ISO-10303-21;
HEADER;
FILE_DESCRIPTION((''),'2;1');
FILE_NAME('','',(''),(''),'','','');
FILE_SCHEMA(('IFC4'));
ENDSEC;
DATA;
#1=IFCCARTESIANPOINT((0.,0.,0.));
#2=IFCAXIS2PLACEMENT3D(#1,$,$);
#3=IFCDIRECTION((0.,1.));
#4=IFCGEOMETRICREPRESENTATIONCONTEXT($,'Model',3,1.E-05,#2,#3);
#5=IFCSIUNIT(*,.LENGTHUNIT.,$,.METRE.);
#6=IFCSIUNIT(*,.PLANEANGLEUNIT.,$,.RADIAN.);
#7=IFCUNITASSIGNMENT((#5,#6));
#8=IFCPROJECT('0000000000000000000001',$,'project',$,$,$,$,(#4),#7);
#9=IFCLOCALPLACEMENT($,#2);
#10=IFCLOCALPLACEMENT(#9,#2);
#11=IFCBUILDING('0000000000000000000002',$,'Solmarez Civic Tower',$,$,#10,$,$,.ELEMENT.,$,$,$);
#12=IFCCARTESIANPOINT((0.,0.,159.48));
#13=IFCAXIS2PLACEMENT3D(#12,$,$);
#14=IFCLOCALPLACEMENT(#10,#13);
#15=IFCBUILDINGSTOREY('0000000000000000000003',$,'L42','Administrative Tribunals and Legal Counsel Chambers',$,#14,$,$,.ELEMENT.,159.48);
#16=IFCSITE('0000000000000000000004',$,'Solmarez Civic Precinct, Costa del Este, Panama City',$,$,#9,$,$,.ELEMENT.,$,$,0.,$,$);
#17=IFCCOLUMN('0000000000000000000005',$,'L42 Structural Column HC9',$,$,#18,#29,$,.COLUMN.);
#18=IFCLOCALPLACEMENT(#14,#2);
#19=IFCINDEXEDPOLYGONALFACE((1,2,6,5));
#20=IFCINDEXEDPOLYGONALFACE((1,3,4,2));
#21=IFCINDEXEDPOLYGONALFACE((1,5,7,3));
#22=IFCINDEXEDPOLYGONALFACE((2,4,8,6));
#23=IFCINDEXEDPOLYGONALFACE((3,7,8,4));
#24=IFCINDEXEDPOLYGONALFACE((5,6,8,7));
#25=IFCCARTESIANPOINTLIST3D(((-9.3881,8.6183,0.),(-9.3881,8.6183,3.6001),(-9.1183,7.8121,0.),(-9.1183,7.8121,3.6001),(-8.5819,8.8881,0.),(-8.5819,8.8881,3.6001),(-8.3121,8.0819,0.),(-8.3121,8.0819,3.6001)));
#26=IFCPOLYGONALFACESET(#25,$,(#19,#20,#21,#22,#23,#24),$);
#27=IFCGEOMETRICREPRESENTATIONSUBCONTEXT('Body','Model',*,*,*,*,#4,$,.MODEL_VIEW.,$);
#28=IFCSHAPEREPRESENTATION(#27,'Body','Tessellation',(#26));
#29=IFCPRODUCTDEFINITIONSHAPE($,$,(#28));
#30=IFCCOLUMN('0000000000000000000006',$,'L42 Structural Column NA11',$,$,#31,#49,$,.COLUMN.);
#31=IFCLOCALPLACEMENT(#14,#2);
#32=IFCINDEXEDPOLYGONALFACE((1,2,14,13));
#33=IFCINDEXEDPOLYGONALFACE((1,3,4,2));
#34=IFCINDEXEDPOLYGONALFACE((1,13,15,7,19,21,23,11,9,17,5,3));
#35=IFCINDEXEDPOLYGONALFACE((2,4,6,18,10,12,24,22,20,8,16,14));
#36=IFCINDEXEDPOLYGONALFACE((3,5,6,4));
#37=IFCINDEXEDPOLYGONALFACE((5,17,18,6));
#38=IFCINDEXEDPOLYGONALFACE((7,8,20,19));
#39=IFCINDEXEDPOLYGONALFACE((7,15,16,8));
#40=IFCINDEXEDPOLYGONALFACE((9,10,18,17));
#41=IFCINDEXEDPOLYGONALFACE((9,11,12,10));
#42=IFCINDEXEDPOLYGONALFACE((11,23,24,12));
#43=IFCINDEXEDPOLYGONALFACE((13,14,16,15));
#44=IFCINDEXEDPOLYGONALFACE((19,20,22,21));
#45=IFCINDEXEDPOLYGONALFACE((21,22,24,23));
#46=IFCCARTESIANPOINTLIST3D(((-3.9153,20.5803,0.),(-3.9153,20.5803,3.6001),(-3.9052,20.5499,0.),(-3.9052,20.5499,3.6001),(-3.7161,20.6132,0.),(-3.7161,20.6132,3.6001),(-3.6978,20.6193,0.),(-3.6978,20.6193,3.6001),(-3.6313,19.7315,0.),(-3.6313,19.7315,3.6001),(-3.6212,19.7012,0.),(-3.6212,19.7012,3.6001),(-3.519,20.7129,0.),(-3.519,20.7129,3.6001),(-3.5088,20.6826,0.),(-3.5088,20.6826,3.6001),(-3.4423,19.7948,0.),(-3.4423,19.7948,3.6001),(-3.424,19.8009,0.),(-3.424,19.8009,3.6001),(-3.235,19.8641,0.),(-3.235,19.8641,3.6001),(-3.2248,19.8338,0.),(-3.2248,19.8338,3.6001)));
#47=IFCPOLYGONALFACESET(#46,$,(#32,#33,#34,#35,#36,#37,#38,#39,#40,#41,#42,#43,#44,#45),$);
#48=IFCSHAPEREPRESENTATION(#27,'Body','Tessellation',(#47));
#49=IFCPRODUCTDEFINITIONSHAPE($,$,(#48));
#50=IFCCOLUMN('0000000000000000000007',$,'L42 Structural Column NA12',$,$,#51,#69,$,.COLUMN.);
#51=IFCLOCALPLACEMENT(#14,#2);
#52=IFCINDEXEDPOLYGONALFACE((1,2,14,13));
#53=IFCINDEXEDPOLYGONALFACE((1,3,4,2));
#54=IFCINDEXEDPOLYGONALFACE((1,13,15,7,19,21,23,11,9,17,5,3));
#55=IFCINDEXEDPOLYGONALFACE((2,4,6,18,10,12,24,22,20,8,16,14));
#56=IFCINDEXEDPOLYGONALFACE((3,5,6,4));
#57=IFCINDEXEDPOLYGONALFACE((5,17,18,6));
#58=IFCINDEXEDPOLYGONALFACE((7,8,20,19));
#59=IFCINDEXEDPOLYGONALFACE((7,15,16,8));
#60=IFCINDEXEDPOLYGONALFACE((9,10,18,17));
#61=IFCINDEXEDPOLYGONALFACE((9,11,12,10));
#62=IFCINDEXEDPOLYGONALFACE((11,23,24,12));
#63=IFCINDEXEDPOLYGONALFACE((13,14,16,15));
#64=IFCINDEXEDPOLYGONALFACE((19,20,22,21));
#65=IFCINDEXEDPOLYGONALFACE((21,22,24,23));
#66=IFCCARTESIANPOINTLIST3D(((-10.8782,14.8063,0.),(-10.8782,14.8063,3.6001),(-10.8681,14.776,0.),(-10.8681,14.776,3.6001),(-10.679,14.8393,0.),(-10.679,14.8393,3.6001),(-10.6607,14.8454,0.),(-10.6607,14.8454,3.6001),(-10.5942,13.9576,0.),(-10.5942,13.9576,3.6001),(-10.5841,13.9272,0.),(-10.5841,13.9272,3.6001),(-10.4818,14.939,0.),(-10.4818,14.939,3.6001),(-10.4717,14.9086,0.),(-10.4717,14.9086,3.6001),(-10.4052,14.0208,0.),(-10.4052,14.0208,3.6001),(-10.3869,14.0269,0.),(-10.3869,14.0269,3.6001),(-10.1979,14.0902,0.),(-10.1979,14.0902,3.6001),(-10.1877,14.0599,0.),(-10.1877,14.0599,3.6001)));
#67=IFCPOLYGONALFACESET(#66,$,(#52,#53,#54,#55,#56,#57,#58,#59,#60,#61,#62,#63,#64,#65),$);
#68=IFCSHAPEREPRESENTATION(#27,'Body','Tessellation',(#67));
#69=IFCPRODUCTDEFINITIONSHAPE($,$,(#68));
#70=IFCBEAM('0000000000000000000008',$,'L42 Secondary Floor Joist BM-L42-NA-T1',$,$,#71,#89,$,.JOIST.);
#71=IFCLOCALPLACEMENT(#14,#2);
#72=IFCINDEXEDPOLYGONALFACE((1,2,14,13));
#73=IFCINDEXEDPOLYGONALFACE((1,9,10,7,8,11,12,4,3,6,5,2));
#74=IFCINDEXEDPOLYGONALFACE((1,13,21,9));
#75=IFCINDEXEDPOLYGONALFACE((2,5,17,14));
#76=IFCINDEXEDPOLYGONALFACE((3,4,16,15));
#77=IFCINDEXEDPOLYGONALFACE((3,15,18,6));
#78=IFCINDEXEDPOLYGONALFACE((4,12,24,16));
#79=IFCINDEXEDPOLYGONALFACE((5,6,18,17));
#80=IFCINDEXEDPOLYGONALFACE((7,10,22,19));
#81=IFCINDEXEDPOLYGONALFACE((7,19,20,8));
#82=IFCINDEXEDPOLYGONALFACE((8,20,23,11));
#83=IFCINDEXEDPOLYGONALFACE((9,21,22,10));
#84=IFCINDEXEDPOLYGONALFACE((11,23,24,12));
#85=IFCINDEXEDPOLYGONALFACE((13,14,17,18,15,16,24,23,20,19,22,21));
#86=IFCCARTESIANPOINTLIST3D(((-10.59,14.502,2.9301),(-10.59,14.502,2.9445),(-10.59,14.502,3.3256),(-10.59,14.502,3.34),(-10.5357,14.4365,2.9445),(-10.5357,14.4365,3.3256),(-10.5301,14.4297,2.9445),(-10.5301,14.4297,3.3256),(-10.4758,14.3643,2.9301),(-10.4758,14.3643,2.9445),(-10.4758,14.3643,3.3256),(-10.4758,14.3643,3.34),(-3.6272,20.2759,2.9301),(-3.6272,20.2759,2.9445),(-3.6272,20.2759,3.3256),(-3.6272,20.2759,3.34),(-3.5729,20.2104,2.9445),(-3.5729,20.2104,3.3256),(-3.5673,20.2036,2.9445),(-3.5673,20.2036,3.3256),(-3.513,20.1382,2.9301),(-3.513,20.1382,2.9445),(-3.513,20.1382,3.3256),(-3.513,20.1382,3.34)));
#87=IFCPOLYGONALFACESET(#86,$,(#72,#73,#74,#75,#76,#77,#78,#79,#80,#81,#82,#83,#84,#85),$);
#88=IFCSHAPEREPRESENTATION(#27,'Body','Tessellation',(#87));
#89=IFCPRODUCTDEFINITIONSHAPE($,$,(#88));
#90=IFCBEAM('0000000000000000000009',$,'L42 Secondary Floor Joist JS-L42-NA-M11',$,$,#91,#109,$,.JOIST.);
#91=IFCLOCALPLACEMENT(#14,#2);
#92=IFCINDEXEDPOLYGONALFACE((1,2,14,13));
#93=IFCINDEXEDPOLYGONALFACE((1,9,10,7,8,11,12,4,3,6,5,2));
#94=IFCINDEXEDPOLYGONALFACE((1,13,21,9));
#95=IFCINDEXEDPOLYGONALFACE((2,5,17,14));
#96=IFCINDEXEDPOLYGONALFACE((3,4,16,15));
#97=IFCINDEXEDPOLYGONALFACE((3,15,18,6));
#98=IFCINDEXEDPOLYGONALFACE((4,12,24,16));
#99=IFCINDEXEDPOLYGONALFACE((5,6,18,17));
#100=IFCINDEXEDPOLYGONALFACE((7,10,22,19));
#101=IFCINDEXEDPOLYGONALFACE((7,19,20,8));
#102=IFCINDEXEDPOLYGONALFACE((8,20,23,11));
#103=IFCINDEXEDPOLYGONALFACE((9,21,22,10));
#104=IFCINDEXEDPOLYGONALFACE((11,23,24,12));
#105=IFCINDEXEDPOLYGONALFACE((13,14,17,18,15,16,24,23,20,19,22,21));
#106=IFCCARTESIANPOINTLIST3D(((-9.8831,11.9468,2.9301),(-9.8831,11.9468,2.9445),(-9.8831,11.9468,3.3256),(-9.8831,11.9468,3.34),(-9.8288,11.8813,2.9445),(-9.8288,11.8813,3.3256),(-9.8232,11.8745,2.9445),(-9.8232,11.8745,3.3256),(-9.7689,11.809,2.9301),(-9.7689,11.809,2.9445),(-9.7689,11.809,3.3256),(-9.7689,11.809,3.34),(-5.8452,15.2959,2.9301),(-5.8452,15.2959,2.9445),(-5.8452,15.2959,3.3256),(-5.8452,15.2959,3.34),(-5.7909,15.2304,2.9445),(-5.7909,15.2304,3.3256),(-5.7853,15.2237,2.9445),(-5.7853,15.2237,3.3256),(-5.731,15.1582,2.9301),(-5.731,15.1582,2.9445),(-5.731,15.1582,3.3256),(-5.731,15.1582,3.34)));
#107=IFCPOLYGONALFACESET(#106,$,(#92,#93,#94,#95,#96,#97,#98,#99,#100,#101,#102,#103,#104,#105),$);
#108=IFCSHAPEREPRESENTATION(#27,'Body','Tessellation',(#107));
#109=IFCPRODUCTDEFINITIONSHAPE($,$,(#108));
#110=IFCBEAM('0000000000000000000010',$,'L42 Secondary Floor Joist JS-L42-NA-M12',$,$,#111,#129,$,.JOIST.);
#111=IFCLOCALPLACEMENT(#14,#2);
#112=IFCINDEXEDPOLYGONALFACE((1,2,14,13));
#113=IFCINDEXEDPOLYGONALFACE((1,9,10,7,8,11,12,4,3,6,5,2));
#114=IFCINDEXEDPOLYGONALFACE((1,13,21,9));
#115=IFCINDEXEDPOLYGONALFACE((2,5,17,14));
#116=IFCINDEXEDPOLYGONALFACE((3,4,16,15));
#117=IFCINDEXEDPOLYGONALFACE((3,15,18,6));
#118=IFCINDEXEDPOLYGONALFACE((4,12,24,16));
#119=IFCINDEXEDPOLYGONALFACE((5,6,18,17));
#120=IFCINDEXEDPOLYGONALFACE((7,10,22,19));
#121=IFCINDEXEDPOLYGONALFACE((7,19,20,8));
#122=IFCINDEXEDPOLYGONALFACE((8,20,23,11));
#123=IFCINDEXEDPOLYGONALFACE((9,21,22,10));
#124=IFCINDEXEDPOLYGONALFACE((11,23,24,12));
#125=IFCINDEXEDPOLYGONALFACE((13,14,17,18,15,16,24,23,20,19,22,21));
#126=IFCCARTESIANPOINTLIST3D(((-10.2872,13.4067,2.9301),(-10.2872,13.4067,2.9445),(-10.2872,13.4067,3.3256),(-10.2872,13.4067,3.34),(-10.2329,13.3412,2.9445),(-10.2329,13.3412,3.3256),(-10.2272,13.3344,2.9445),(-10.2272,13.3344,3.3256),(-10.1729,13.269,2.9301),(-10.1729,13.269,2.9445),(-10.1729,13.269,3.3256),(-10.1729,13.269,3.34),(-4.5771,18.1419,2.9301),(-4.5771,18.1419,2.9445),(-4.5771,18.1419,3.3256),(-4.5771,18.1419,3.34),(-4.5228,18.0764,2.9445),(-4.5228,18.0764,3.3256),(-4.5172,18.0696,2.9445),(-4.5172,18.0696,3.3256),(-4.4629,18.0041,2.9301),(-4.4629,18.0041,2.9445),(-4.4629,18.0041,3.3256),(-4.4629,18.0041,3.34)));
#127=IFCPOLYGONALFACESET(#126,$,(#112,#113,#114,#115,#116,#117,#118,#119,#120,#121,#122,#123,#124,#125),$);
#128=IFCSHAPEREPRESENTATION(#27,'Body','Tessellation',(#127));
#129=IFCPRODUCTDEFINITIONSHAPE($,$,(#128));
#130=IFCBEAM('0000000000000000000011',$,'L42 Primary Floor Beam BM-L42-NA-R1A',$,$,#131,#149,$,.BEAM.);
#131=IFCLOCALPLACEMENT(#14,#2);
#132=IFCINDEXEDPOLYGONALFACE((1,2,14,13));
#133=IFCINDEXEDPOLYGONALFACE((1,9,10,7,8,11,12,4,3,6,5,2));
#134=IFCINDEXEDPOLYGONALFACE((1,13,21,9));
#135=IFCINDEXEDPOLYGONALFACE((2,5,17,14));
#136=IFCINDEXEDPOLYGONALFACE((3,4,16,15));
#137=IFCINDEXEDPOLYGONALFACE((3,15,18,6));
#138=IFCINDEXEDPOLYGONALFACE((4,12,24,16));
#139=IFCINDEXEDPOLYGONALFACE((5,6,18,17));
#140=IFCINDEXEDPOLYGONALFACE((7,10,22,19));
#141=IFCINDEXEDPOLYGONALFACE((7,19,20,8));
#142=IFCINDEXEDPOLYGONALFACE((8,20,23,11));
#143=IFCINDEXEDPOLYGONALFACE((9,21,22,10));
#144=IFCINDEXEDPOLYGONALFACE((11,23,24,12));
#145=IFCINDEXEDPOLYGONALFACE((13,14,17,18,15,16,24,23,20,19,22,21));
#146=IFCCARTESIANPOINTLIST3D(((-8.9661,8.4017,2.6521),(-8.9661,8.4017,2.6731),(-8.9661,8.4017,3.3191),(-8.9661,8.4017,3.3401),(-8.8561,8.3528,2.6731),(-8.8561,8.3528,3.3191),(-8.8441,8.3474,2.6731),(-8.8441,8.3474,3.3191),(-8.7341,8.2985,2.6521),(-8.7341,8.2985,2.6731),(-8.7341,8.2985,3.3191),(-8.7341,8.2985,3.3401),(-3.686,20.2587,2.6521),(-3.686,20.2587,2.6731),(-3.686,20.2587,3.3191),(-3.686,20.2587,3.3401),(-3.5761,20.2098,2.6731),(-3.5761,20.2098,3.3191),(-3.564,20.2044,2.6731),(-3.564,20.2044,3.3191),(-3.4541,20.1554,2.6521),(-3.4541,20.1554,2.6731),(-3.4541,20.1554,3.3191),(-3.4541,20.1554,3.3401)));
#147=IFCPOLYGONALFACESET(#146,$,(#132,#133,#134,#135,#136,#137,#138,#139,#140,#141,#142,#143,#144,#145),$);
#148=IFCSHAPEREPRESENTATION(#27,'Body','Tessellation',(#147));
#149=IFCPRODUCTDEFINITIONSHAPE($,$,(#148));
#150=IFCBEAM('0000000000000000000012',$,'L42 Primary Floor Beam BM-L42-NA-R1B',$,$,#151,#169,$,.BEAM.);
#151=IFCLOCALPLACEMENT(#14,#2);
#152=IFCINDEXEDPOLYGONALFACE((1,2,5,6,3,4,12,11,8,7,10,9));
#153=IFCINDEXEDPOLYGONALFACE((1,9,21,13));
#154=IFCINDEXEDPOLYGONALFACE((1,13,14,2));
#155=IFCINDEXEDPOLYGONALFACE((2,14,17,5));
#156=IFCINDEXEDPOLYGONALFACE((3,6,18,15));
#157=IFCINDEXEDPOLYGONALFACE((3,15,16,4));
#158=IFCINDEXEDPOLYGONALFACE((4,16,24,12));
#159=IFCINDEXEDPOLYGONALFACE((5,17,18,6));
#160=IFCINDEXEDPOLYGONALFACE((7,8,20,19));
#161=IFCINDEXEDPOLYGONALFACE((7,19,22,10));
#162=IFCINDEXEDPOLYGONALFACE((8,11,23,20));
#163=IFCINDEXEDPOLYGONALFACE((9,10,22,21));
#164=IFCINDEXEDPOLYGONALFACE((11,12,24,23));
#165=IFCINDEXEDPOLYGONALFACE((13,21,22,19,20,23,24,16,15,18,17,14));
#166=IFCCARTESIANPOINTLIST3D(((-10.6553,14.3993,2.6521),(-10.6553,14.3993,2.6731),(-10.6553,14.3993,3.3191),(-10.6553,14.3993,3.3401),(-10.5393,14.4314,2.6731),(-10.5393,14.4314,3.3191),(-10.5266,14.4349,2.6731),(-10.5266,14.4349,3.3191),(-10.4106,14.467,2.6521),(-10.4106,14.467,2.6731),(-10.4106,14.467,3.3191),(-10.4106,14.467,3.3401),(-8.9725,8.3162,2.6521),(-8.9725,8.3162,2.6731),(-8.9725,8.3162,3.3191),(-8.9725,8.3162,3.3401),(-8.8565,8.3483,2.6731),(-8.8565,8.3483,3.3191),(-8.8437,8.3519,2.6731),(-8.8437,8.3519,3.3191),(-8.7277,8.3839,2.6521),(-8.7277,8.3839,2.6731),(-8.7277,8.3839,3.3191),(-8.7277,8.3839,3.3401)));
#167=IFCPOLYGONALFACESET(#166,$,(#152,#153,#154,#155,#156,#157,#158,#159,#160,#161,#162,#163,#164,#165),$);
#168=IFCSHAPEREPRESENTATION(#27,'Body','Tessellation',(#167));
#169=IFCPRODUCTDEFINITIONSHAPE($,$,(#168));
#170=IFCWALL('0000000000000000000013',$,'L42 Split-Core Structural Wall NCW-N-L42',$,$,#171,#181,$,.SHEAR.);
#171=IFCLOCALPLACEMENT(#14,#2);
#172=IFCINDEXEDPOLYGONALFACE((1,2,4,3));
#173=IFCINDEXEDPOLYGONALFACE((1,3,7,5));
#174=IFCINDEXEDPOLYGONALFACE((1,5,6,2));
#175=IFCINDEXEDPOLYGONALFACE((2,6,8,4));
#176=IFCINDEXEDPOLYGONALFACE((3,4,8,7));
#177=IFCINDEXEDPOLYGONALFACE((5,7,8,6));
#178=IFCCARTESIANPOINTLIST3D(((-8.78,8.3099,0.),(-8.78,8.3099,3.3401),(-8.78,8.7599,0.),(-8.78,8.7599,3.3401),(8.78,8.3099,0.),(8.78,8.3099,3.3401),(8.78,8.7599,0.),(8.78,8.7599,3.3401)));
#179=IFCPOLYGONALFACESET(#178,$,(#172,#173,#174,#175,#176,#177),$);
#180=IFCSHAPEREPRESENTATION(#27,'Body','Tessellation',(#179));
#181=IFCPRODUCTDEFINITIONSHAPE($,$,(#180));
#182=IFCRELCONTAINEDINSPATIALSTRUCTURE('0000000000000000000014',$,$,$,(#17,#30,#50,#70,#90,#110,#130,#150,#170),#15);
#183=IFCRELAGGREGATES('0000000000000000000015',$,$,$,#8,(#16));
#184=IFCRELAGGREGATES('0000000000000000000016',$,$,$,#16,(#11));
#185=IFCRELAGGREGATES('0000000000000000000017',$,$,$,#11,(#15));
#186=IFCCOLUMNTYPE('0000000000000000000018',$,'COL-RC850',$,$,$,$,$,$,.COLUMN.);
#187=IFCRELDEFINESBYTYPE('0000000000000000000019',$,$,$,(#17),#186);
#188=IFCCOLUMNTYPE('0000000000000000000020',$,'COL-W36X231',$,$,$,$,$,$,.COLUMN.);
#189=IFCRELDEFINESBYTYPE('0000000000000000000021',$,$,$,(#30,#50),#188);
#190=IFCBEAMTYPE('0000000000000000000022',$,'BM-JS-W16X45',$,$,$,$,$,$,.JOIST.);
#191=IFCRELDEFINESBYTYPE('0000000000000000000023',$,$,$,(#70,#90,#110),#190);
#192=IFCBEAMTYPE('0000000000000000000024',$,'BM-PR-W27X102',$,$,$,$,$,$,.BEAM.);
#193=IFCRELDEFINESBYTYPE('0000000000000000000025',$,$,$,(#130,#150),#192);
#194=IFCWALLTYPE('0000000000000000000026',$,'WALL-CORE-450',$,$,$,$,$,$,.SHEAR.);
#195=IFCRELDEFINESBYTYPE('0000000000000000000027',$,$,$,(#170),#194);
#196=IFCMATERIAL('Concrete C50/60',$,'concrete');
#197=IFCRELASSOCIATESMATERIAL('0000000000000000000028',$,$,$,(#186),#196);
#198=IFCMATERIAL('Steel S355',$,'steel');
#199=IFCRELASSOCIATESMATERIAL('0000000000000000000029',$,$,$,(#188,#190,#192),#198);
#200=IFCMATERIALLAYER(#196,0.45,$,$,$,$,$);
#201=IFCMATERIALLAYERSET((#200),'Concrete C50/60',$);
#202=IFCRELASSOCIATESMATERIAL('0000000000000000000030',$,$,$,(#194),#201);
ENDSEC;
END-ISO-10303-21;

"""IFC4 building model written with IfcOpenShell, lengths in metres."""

from ifc_helpers import new_model, si_unit, direction, frame, frame_2d, origin, origin_2d, place, context, subcontext, project, spatial, rectangle, i_section, extrude, material, layer, layer_set, material_profile, profile_set, type_object, element, save


model = new_model("IFC4")

# Units and contexts
model_context = context("Model", 3, precision=1e-05, world=origin(), true_north=direction((0.0, 1.0)))
body_context = subcontext(model_context, "Body", "Model", "MODEL_VIEW")
ifc_project = project(units=[si_unit("LENGTHUNIT", "METRE"), si_unit("PLANEANGLEUNIT", "RADIAN")], contexts=[model_context])

# Site, building, storey
site_placement = place(None, origin())
site = spatial("IfcSite", under=ifc_project, at=site_placement, Name="Solmarez Civic Precinct, Costa del Este, Panama City", CompositionType="ELEMENT", RefElevation=0.0)
building_placement = place(site_placement, origin())
building = spatial("IfcBuilding", under=site, at=building_placement, Name="Solmarez Civic Tower", CompositionType="ELEMENT")
storey_placement = place(building_placement, frame((0.0, 0.0, 159.48)))
storey = spatial("IfcBuildingStorey", under=building, at=storey_placement, Name="L42", Description="Administrative Tribunals and Legal Counsel Chambers", CompositionType="ELEMENT", Elevation=159.48)

# Columns
ifc_material_1 = material(Name="Concrete C50/60", Category="concrete")
ifc_material_profile_1 = material_profile(ifc_material_1, rectangle(XDim=0.8501, YDim=0.8501, at=origin_2d()), Name="RC850X850")
ifc_profile_set_1 = profile_set([ifc_material_profile_1], Name="Concrete C50/60")
column_type_1 = type_object("IfcColumnType", Name="COL-RC850", PredefinedType="COLUMN", material=ifc_profile_set_1)
column_placement = place(storey_placement, frame((-8.8501, 8.3501, 0.0), z_axis=(0.0, 0.0, 1.0), x_axis=(0.948324, 0.317305, 0.0)))
element("IfcColumn", 1, at=column_placement, inside=storey, type_object=column_type_1, Name="L42 Structural Column HC9", PredefinedType="COLUMN", context=body_context, shape_type="SweptSolid", body=[
    extrude(rectangle(XDim=0.8501, YDim=0.8501, at=origin_2d()), origin(), (0.0, 0.0, 1.0), 3.6001),
])
ifc_material_2 = material(Name="Steel S355", Category="steel")
ifc_material_profile_2 = material_profile(ifc_material_2, i_section(OverallWidth=0.418, OverallDepth=0.927, WebThickness=0.0193, FlangeThickness=0.032, at=origin_2d()), Name="W36X231")
ifc_profile_set_2 = profile_set([ifc_material_profile_2], Name="Steel S355")
column_type_2 = type_object("IfcColumnType", Name="COL-W36X231", PredefinedType="COLUMN", material=ifc_profile_set_2)
for number, where, z_axis, x_axis, name in (
    (2, (-3.5701, 20.207, 0.0), (0.0, 0.0, 1.0), (0.948324, 0.317305, 0.0), "L42 Structural Column NA11"),
    (3, (-10.533, 14.4331, 0.0), (0.0, 0.0, 1.0), (0.948324, 0.317305, 0.0), "L42 Structural Column NA12"),
):
    element("IfcColumn", number, at=place(storey_placement, frame(where, z_axis=z_axis, x_axis=x_axis)), inside=storey, type_object=column_type_2, Name=name, PredefinedType="COLUMN", context=body_context, shape_type="SweptSolid", body=[
        extrude(i_section(OverallWidth=0.418, OverallDepth=0.927, WebThickness=0.0193, FlangeThickness=0.032, at=origin_2d()), origin(), (0.0, 0.0, 1.0), 3.6001),
    ])

# Beams
ifc_material_profile_3 = material_profile(ifc_material_2, i_section(OverallWidth=0.179, OverallDepth=0.4099, WebThickness=0.0088, FlangeThickness=0.0144, at=origin_2d()), Name="W16X45")
ifc_profile_set_3 = profile_set([ifc_material_profile_3], Name="Steel S355")
beam_type_1 = type_object("IfcBeamType", Name="BM-JS-W16X45", PredefinedType="JOIST", material=ifc_profile_set_3)
beam_1_placement = place(storey_placement, frame((-3.5701, 20.207, 3.135), z_axis=(-0.769768, -0.638324, 0.0), x_axis=(0.638324, -0.769768, 0.0)))
element("IfcBeam", 4, at=beam_1_placement, inside=storey, type_object=beam_type_1, Name="L42 Secondary Floor Joist BM-L42-NA-T1", PredefinedType="JOIST", context=body_context, shape_type="SweptSolid", body=[
    extrude(i_section(OverallWidth=0.179, OverallDepth=0.4099, WebThickness=0.0088, FlangeThickness=0.0144, at=origin_2d()), origin(), (0.0, 0.0, 1.0), 9.0454),
])
beam_2_placement = place(storey_placement, frame((-5.7881, 15.2271, 3.135), z_axis=(-0.769695, -0.638411, 0.0), x_axis=(0.638411, -0.769695, 0.0)))
element("IfcBeam", 5, at=beam_2_placement, inside=storey, type_object=beam_type_1, Name="L42 Secondary Floor Joist JS-L42-NA-M11", PredefinedType="JOIST", context=body_context, shape_type="SweptSolid", body=[
    extrude(i_section(OverallWidth=0.179, OverallDepth=0.4099, WebThickness=0.0088, FlangeThickness=0.0144, at=origin_2d()), origin(), (0.0, 0.0, 1.0), 5.2461),
])
beam_3_placement = place(storey_placement, frame((-4.52, 18.073, 3.135), z_axis=(-0.769757, -0.638337, 0.0), x_axis=(0.638337, -0.769757, 0.0)))
element("IfcBeam", 6, at=beam_3_placement, inside=storey, type_object=beam_type_1, Name="L42 Secondary Floor Joist JS-L42-NA-M12", PredefinedType="JOIST", context=body_context, shape_type="SweptSolid", body=[
    extrude(i_section(OverallWidth=0.179, OverallDepth=0.4099, WebThickness=0.0088, FlangeThickness=0.0144, at=origin_2d()), origin(), (0.0, 0.0, 1.0), 7.418),
])
ifc_material_profile_4 = material_profile(ifc_material_2, i_section(OverallWidth=0.2539, OverallDepth=0.688, WebThickness=0.0132, FlangeThickness=0.021, at=origin_2d()), Name="W27X102")
ifc_profile_set_4 = profile_set([ifc_material_profile_4], Name="Steel S355")
beam_type_2 = type_object("IfcBeamType", Name="BM-PR-W27X102", PredefinedType="BEAM", material=ifc_profile_set_4)
beam_4_placement = place(storey_placement, frame((-8.8501, 8.3501, 2.9961), z_axis=(0.4068, 0.913517, 0.0), x_axis=(-0.913517, 0.4068, 0.0)))
element("IfcBeam", 7, at=beam_4_placement, inside=storey, type_object=beam_type_2, Name="L42 Primary Floor Beam BM-L42-NA-R1A", PredefinedType="BEAM", context=body_context, shape_type="SweptSolid", body=[
    extrude(i_section(OverallWidth=0.2539, OverallDepth=0.688, WebThickness=0.0132, FlangeThickness=0.021, at=origin_2d()), origin(), (0.0, 0.0, 1.0), 12.9795),
])
beam_5_placement = place(storey_placement, frame((-8.8501, 8.3501, 2.9961), z_axis=(-0.266634, 0.963798, 0.0), x_axis=(-0.963798, -0.266634, 0.0)))
element("IfcBeam", 8, at=beam_5_placement, inside=storey, type_object=beam_type_2, Name="L42 Primary Floor Beam BM-L42-NA-R1B", PredefinedType="BEAM", context=body_context, shape_type="SweptSolid", body=[
    extrude(i_section(OverallWidth=0.2539, OverallDepth=0.688, WebThickness=0.0132, FlangeThickness=0.021, at=origin_2d()), origin(), (0.0, 0.0, 1.0), 6.3115),
])

# Wall
ifc_layer_1 = layer(ifc_material_1, 0.45)
ifc_layer_set_1 = layer_set([ifc_layer_1], Name="Concrete C50/60")
wall_type_1 = type_object("IfcWallType", Name="WALL-CORE-450", PredefinedType="SHEAR", material=ifc_layer_set_1)
wall_1_placement = place(storey_placement, frame((-8.78, 8.5349, 0.0), z_axis=(0.0, 0.0, 1.0), x_axis=(1.0, 0.0, 0.0)))
element("IfcWall", 9, at=wall_1_placement, inside=storey, type_object=wall_type_1, Name="L42 Split-Core Structural Wall NCW-N-L42", PredefinedType="SHEAR", context=body_context, shape_type="SweptSolid", body=[
    extrude(rectangle(XDim=17.5601, YDim=0.45, at=frame_2d((8.78, 0.0))), origin(), (0.0, 0.0, 1.0), 3.3401),
])

save(model, "model.ifc")
